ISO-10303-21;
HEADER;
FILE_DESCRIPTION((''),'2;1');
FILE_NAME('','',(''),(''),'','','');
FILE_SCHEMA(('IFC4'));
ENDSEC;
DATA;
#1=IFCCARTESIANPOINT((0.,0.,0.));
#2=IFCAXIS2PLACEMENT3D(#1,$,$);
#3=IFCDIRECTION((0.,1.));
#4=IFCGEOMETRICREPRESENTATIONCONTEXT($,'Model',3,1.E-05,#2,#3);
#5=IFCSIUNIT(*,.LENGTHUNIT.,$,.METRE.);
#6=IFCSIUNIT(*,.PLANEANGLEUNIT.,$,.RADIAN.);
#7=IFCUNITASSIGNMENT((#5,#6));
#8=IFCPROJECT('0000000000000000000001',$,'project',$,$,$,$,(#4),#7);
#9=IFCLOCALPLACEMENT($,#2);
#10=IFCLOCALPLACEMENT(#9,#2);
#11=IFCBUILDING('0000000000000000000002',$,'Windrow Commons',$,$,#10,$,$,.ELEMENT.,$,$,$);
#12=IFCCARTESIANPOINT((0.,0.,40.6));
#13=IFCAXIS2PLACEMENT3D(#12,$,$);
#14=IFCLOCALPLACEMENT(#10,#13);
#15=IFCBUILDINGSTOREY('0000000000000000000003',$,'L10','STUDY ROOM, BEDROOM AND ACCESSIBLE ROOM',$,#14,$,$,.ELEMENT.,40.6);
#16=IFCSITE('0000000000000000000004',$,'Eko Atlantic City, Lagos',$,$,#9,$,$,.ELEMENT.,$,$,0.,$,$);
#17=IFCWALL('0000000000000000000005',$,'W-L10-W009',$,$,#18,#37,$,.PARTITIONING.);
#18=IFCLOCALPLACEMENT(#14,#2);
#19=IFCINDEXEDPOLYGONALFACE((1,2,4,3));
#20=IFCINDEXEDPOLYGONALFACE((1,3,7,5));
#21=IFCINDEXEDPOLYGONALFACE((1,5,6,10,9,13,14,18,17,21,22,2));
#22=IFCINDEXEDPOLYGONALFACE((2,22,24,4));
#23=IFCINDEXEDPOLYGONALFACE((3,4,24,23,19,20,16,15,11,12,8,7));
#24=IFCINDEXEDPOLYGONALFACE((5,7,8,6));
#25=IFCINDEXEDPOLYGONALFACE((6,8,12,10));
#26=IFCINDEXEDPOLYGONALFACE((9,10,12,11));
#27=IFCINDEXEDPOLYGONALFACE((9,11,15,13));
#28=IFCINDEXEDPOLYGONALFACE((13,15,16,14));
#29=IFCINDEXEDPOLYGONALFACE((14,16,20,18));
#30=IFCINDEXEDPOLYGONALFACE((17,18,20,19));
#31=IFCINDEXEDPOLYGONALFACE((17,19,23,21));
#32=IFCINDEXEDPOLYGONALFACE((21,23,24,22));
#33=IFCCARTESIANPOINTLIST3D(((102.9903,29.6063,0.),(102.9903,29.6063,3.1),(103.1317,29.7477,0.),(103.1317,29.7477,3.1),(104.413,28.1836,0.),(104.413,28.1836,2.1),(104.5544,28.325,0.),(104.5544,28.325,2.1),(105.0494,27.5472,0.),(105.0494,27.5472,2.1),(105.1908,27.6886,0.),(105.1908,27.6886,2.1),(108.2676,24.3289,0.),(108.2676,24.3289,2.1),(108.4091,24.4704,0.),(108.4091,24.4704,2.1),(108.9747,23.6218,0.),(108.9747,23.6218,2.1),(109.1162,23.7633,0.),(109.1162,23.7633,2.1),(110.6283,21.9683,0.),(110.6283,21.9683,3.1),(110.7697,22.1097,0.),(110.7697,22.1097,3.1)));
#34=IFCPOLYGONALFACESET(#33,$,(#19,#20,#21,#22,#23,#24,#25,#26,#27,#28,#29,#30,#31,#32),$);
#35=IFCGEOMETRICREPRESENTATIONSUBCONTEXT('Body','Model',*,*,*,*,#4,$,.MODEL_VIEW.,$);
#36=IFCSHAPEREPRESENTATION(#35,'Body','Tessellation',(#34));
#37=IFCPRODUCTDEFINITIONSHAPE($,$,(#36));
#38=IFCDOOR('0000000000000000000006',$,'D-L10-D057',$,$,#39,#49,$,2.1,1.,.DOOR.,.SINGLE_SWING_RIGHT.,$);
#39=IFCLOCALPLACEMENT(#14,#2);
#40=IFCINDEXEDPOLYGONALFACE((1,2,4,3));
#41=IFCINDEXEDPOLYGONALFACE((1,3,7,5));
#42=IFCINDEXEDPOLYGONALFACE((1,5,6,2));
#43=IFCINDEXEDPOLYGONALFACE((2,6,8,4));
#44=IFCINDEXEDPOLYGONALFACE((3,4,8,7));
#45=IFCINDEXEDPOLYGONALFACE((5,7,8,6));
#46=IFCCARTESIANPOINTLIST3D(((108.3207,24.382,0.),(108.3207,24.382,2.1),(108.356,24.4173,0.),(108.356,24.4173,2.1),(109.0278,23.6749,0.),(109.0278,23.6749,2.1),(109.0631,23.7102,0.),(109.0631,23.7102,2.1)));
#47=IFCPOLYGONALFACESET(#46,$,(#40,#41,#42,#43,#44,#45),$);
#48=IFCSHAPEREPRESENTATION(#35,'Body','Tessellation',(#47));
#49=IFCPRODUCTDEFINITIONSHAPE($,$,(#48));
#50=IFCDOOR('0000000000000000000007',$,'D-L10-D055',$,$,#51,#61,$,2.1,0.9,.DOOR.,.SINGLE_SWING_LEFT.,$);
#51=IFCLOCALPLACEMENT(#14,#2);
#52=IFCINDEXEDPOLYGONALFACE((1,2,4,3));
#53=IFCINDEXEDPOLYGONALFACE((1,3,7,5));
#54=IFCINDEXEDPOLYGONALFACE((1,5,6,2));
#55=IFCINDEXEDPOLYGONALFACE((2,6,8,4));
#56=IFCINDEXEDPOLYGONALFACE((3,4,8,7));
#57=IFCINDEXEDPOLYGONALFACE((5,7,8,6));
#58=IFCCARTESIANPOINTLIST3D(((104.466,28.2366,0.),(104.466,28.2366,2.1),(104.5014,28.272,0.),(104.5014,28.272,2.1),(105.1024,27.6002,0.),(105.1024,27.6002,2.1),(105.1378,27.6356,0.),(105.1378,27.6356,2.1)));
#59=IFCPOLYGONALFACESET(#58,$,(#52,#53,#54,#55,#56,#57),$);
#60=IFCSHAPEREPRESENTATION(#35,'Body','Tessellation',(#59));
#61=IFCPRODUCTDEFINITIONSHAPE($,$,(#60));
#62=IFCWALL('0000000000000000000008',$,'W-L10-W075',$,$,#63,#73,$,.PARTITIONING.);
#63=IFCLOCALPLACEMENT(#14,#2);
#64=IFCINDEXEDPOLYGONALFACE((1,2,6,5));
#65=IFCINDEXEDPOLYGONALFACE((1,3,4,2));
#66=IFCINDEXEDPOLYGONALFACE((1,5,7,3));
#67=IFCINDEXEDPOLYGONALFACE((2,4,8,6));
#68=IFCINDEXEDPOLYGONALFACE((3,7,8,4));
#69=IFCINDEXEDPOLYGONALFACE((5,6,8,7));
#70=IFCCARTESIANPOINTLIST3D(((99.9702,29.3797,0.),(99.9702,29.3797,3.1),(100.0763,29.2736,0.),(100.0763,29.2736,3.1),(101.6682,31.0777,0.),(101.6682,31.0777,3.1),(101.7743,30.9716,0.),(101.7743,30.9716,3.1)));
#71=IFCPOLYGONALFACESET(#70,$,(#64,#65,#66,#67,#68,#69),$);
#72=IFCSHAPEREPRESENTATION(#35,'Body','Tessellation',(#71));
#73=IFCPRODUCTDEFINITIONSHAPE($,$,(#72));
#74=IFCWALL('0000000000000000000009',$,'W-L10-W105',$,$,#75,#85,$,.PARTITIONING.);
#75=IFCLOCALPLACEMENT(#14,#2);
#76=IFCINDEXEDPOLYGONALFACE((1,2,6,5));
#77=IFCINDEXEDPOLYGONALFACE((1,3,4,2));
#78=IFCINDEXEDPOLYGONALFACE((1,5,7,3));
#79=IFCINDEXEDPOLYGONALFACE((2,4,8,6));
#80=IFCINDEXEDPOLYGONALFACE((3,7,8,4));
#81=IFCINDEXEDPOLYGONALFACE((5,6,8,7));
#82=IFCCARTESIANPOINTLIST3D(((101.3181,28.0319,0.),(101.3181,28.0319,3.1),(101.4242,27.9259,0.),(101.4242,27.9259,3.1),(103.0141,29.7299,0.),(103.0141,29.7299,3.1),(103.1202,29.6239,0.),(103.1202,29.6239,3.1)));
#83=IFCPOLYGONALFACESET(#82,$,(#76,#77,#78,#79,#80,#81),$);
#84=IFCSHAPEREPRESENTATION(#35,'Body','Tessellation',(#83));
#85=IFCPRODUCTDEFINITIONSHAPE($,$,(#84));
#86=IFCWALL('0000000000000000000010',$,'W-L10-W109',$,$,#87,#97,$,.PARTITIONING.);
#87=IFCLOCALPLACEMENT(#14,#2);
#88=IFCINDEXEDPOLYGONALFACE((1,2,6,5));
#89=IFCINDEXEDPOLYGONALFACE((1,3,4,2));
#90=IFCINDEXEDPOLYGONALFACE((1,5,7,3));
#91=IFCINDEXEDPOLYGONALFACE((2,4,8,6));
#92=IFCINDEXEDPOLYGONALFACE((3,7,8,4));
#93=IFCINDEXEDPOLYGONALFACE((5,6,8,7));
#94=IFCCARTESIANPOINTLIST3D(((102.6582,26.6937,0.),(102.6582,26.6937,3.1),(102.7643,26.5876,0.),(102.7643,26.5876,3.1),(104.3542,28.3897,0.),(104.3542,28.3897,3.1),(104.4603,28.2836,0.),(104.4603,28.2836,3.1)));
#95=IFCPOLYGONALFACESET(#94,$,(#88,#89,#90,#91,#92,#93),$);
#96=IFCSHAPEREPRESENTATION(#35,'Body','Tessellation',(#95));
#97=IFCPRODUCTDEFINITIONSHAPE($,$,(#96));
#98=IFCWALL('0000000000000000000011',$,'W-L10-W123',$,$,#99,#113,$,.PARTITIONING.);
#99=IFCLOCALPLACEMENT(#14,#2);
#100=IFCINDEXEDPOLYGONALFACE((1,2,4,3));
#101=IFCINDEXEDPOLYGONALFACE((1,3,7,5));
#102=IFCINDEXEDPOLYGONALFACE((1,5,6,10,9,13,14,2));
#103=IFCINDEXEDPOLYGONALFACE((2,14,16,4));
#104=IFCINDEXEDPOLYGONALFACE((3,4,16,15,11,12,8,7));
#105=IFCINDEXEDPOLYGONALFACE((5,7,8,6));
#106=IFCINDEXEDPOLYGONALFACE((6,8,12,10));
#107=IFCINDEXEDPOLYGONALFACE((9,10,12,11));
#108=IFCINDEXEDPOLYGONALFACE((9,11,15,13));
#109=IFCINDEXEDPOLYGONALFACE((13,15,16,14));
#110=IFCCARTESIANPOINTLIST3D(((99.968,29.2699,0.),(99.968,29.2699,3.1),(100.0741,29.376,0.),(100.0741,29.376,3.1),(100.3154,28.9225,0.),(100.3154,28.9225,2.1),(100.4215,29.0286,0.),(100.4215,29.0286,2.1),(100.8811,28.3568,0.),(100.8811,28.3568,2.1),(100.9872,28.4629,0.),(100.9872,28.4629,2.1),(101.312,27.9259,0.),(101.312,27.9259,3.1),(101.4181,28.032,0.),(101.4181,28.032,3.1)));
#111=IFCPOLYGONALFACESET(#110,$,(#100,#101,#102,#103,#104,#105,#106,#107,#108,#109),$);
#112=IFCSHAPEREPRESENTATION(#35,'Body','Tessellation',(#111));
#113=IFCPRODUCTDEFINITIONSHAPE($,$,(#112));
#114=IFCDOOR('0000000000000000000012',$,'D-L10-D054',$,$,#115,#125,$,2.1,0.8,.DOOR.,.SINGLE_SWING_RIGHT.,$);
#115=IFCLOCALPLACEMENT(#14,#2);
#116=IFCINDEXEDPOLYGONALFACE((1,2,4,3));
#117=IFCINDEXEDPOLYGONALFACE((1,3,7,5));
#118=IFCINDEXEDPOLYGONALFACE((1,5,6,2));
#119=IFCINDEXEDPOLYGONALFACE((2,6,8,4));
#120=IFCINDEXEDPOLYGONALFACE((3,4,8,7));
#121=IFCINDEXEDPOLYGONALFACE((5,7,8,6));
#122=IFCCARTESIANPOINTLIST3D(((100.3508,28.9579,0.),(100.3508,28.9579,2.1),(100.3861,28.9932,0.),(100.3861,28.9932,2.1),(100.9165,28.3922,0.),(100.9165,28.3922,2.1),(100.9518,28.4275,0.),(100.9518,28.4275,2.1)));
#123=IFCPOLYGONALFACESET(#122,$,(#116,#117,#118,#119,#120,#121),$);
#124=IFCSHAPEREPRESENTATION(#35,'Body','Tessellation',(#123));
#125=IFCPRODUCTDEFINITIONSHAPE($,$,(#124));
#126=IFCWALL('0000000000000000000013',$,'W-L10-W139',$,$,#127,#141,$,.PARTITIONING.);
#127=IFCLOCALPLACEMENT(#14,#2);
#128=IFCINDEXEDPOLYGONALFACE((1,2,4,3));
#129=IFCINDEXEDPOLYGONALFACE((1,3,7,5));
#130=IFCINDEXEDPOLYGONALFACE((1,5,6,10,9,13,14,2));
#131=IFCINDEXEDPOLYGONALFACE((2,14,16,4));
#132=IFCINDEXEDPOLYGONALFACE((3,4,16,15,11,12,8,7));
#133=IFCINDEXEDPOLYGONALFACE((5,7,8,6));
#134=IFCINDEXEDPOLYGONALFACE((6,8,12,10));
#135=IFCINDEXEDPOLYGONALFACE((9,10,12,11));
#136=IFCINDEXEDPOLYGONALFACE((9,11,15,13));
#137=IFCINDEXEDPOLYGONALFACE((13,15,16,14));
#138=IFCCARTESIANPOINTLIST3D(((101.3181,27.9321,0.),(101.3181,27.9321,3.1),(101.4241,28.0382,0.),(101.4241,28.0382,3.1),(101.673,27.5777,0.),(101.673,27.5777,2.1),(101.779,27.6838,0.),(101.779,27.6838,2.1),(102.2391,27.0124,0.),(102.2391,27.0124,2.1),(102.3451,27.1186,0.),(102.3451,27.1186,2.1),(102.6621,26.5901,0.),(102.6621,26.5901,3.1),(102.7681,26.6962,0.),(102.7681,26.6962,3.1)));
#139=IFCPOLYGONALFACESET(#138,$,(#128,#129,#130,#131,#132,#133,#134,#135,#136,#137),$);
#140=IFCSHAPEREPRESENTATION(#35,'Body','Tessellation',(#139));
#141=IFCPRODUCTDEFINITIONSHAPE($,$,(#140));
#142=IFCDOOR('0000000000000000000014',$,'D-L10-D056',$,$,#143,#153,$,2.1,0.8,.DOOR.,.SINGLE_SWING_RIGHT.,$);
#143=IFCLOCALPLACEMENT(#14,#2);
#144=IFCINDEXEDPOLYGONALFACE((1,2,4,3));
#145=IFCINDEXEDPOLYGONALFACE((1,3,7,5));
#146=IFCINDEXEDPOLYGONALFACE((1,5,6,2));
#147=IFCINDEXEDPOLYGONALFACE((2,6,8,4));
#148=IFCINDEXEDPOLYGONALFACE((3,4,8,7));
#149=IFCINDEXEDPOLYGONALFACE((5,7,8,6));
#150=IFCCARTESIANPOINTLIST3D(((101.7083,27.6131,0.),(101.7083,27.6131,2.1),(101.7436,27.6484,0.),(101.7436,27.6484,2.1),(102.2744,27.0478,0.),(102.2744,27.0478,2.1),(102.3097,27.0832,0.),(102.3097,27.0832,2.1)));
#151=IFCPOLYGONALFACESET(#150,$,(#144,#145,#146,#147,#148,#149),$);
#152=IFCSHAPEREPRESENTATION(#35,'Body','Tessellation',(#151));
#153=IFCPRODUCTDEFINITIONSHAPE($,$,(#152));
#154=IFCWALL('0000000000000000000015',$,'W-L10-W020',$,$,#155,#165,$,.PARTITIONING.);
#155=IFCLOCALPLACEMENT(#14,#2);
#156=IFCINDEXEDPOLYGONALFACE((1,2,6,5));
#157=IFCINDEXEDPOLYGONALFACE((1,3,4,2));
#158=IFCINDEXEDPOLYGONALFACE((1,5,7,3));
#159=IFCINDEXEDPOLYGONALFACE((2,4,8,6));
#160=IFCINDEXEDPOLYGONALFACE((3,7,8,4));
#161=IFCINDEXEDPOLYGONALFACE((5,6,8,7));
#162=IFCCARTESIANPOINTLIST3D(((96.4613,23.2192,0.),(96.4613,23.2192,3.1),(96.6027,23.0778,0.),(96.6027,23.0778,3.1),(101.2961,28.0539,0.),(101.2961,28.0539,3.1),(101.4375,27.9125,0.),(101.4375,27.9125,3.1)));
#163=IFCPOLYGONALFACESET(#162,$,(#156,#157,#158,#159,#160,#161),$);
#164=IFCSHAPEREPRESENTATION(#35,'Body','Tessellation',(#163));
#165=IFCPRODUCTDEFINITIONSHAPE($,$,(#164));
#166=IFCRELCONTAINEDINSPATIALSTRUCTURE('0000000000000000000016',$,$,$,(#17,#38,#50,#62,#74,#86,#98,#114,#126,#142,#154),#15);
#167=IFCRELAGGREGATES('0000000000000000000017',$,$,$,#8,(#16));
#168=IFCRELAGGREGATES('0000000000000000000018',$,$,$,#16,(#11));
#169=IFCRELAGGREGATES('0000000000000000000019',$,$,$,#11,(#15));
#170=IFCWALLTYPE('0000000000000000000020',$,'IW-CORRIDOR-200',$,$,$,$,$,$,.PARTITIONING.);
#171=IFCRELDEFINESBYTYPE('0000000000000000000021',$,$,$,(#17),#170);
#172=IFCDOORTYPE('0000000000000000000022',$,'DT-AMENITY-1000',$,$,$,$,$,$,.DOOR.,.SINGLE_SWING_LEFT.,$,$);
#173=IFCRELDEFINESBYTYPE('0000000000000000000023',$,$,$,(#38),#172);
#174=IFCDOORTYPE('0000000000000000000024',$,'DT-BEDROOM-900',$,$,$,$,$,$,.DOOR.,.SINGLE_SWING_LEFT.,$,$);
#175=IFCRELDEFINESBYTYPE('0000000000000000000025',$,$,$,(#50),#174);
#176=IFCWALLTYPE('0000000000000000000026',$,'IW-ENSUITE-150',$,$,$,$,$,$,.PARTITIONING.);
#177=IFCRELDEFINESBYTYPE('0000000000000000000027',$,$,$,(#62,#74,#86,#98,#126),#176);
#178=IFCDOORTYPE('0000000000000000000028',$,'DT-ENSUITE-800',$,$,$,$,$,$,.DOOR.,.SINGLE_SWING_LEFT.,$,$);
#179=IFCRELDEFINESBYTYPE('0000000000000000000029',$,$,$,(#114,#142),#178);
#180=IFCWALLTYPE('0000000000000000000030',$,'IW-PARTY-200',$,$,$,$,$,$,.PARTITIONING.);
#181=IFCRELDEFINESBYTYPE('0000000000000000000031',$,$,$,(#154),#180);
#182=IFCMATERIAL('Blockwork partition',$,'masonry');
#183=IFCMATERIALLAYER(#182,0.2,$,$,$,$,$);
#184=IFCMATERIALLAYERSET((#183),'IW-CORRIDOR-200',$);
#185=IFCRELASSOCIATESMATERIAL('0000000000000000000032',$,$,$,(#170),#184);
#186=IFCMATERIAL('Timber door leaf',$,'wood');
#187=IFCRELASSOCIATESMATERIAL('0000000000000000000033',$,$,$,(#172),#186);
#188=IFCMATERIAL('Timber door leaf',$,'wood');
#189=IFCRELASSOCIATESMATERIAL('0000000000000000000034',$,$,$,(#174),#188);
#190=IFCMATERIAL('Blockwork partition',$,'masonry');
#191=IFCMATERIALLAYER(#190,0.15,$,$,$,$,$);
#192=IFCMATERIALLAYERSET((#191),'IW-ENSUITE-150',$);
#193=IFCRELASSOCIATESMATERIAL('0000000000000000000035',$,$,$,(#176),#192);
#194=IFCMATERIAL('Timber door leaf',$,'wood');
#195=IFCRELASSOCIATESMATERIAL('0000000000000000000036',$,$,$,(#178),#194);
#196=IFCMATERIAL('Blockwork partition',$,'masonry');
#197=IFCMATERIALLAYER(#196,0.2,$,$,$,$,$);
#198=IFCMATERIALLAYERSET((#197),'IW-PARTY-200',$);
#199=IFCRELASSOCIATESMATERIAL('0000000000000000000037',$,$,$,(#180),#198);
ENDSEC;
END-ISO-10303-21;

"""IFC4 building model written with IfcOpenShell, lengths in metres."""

from ifc_helpers import new_model, si_unit, direction, frame, frame_2d, origin, place, context, subcontext, project, spatial, rectangle, extrude, material, layer, layer_set, type_object, element, fill, save


model = new_model("IFC4")

# Units and contexts
model_context = context("Model", 3, precision=1e-05, world=origin(), true_north=direction((0.0, 1.0)))
body_context = subcontext(model_context, "Body", "Model", "MODEL_VIEW")
ifc_project = project(units=[si_unit("LENGTHUNIT", "METRE"), si_unit("PLANEANGLEUNIT", "RADIAN")], contexts=[model_context])

# Site, building, storey
site_placement = place(None, origin())
site = spatial("IfcSite", under=ifc_project, at=site_placement, Name="Eko Atlantic City, Lagos", CompositionType="ELEMENT", RefElevation=0.0)
building_placement = place(site_placement, origin())
building = spatial("IfcBuilding", under=site, at=building_placement, Name="Windrow Commons", CompositionType="ELEMENT")
storey_placement = place(building_placement, frame((0.0, 0.0, 40.6)))
storey = spatial("IfcBuildingStorey", under=building, at=storey_placement, Name="L10", Description="STUDY ROOM, BEDROOM AND ACCESSIBLE ROOM", CompositionType="ELEMENT", Elevation=40.6)

# Wall, openings, doors
ifc_material_1 = material(Name="Blockwork partition", Category="masonry")
ifc_layer_1 = layer(ifc_material_1, 0.2)
ifc_layer_set_1 = layer_set([ifc_layer_1], Name="IW-CORRIDOR-200")
wall_type_1 = type_object("IfcWallType", Name="IW-CORRIDOR-200", PredefinedType="PARTITIONING", material=ifc_layer_set_1)
wall_1_placement = place(storey_placement, frame((103.061, 29.677, 0.0), z_axis=(0.0, 0.0, 1.0), x_axis=(0.707107, -0.707107, 0.0)))
wall_1 = element("IfcWall", 1, at=wall_1_placement, inside=storey, type_object=wall_type_1, Name="W-L10-W009", PredefinedType="PARTITIONING", context=body_context, shape_type="SweptSolid", body=[
    extrude(rectangle(XDim=10.8018, YDim=0.2, at=frame_2d((5.4009, 0.0))), origin(), (0.0, 0.0, 1.0), 3.1),
])
opening_1_placement = place(wall_1_placement, frame((2.012, 0.0, 0.0)))
opening_1 = element("IfcOpeningElement", 2, at=opening_1_placement, cuts=wall_1, PredefinedType="OPENING", context=body_context, shape_type="SweptSolid", body=[
    extrude(rectangle(XDim=0.9, YDim=2.1, at=frame_2d((0.45, 1.05))), frame((0.0, 0.11, 0.0), z_axis=(0.0, -1.0, 0.0), x_axis=(1.0, 0.0, 0.0)), (0.0, 0.0, 1.0), 0.22),
])
opening_2_placement = place(wall_1_placement, frame((7.4633, 0.0, 0.0)))
opening_2 = element("IfcOpeningElement", 3, at=opening_2_placement, cuts=wall_1, PredefinedType="OPENING", context=body_context, shape_type="SweptSolid", body=[
    extrude(rectangle(XDim=1.0, YDim=2.1, at=frame_2d((0.5, 1.05))), frame((0.0, 0.11, 0.0), z_axis=(0.0, -1.0, 0.0), x_axis=(1.0, 0.0, 0.0)), (0.0, 0.0, 1.0), 0.22),
])
ifc_material_2 = material(Name="Timber door leaf", Category="wood")
door_type_1 = type_object("IfcDoorType", Name="DT-AMENITY-1000", OperationType="SINGLE_SWING_LEFT", PredefinedType="DOOR", material=ifc_material_2)
door_1_placement = place(opening_2_placement, origin())
door_1 = element("IfcDoor", 4, at=door_1_placement, inside=storey, type_object=door_type_1, Name="D-L10-D057", OperationType="SINGLE_SWING_RIGHT", OverallHeight=2.1, OverallWidth=1.0, PredefinedType="DOOR", context=body_context, shape_type="SweptSolid", body=[
    extrude(rectangle(XDim=1.0, YDim=2.1, at=frame_2d((0.5, 1.05))), frame((0.0, 0.025, 0.0), z_axis=(0.0, -1.0, 0.0), x_axis=(1.0, 0.0, 0.0)), (0.0, 0.0, 1.0), 0.05),
])
fill(opening_2, door_1)
ifc_material_3 = material(Name="Timber door leaf", Category="wood")
door_type_2 = type_object("IfcDoorType", Name="DT-BEDROOM-900", OperationType="SINGLE_SWING_LEFT", PredefinedType="DOOR", material=ifc_material_3)
door_2_placement = place(opening_1_placement, origin())
door_2 = element("IfcDoor", 5, at=door_2_placement, inside=storey, type_object=door_type_2, Name="D-L10-D055", OperationType="SINGLE_SWING_LEFT", OverallHeight=2.1, OverallWidth=0.9, PredefinedType="DOOR", context=body_context, shape_type="SweptSolid", body=[
    extrude(rectangle(XDim=0.9, YDim=2.1, at=frame_2d((0.45, 1.05))), frame((0.0, 0.025, 0.0), z_axis=(0.0, -1.0, 0.0), x_axis=(1.0, 0.0, 0.0)), (0.0, 0.0, 1.0), 0.05),
])
fill(opening_1, door_2)

# Walls
ifc_material_4 = material(Name="Blockwork partition", Category="masonry")
ifc_layer_2 = layer(ifc_material_4, 0.15)
ifc_layer_set_2 = layer_set([ifc_layer_2], Name="IW-ENSUITE-150")
wall_type_2 = type_object("IfcWallType", Name="IW-ENSUITE-150", PredefinedType="PARTITIONING", material=ifc_layer_set_2)
wall_2_placement = place(storey_placement, frame((100.0233, 29.3267, 0.0), z_axis=(0.0, 0.0, 1.0), x_axis=(0.707107, 0.707107, 0.0)))
element("IfcWall", 6, at=wall_2_placement, inside=storey, type_object=wall_type_2, Name="W-L10-W075", PredefinedType="PARTITIONING", context=body_context, shape_type="SweptSolid", body=[
    extrude(rectangle(XDim=2.4013, YDim=0.15, at=frame_2d((1.2006, 0.0))), origin(), (0.0, 0.0, 1.0), 3.1),
])
wall_3_placement = place(storey_placement, frame((101.3711, 27.9789, 0.0), z_axis=(0.0, 0.0, 1.0), x_axis=(0.70669, 0.707523, 0.0)))
element("IfcWall", 7, at=wall_3_placement, inside=storey, type_object=wall_type_2, Name="W-L10-W105", PredefinedType="PARTITIONING", context=body_context, shape_type="SweptSolid", body=[
    extrude(rectangle(XDim=2.3999, YDim=0.15, at=frame_2d((1.2, 0.0))), origin(), (0.0, 0.0, 1.0), 3.1),
])
wall_4_placement = place(storey_placement, frame((102.7113, 26.6407, 0.0), z_axis=(0.0, 0.0, 1.0), x_axis=(0.707107, 0.707107, 0.0)))
element("IfcWall", 8, at=wall_4_placement, inside=storey, type_object=wall_type_2, Name="W-L10-W109", PredefinedType="PARTITIONING", context=body_context, shape_type="SweptSolid", body=[
    extrude(rectangle(XDim=2.3985, YDim=0.15, at=frame_2d((1.1992, 0.0))), origin(), (0.0, 0.0, 1.0), 3.1),
])

# Walls, openings, doors
wall_5_placement = place(storey_placement, frame((100.021, 29.323, 0.0), z_axis=(0.0, 0.0, 1.0), x_axis=(0.707107, -0.707107, 0.0)))
wall_5 = element("IfcWall", 9, at=wall_5_placement, inside=storey, type_object=wall_type_2, Name="W-L10-W123", PredefinedType="PARTITIONING", context=body_context, shape_type="SweptSolid", body=[
    extrude(rectangle(XDim=1.9007, YDim=0.15, at=frame_2d((0.9504, 0.0))), origin(), (0.0, 0.0, 1.0), 3.1),
])
opening_3_placement = place(wall_5_placement, frame((0.4914, 0.0, 0.0)))
opening_3 = element("IfcOpeningElement", 10, at=opening_3_placement, cuts=wall_5, PredefinedType="OPENING", context=body_context, shape_type="SweptSolid", body=[
    extrude(rectangle(XDim=0.8, YDim=2.1, at=frame_2d((0.4, 1.05))), frame((0.0, 0.085, 0.0), z_axis=(0.0, -1.0, 0.0), x_axis=(1.0, 0.0, 0.0)), (0.0, 0.0, 1.0), 0.17),
])
ifc_material_5 = material(Name="Timber door leaf", Category="wood")
door_type_3 = type_object("IfcDoorType", Name="DT-ENSUITE-800", OperationType="SINGLE_SWING_LEFT", PredefinedType="DOOR", material=ifc_material_5)
door_3_placement = place(opening_3_placement, origin())
door_3 = element("IfcDoor", 11, at=door_3_placement, inside=storey, type_object=door_type_3, Name="D-L10-D054", OperationType="SINGLE_SWING_RIGHT", OverallHeight=2.1, OverallWidth=0.8, PredefinedType="DOOR", context=body_context, shape_type="SweptSolid", body=[
    extrude(rectangle(XDim=0.8, YDim=2.1, at=frame_2d((0.4, 1.05))), frame((0.0, 0.025, 0.0), z_axis=(0.0, -1.0, 0.0), x_axis=(1.0, 0.0, 0.0)), (0.0, 0.0, 1.0), 0.05),
])
fill(opening_3, door_3)
wall_6_placement = place(storey_placement, frame((101.3711, 27.9851, 0.0), z_axis=(0.0, 0.0, 1.0), x_axis=(0.707633, -0.70658, 0.0)))
wall_6 = element("IfcWall", 12, at=wall_6_placement, inside=storey, type_object=wall_type_2, Name="W-L10-W139", PredefinedType="PARTITIONING", context=body_context, shape_type="SweptSolid", body=[
    extrude(rectangle(XDim=1.8993, YDim=0.15, at=frame_2d((0.9496, 0.0))), origin(), (0.0, 0.0, 1.0), 3.1),
])
opening_4_placement = place(wall_6_placement, frame((0.5015, 0.0, 0.0)))
opening_4 = element("IfcOpeningElement", 13, at=opening_4_placement, cuts=wall_6, PredefinedType="OPENING", context=body_context, shape_type="SweptSolid", body=[
    extrude(rectangle(XDim=0.8, YDim=2.1, at=frame_2d((0.4, 1.05))), frame((0.0, 0.085, 0.0), z_axis=(0.0, -1.0, 0.0), x_axis=(1.0, 0.0, 0.0)), (0.0, 0.0, 1.0), 0.17),
])
door_4_placement = place(opening_4_placement, origin())
door_4 = element("IfcDoor", 14, at=door_4_placement, inside=storey, type_object=door_type_3, Name="D-L10-D056", OperationType="SINGLE_SWING_RIGHT", OverallHeight=2.1, OverallWidth=0.8, PredefinedType="DOOR", context=body_context, shape_type="SweptSolid", body=[
    extrude(rectangle(XDim=0.8, YDim=2.1, at=frame_2d((0.4, 1.05))), frame((0.0, 0.025, 0.0), z_axis=(0.0, -1.0, 0.0), x_axis=(1.0, 0.0, 0.0)), (0.0, 0.0, 1.0), 0.05),
])
fill(opening_4, door_4)

# Wall
ifc_material_6 = material(Name="Blockwork partition", Category="masonry")
ifc_layer_3 = layer(ifc_material_6, 0.2)
ifc_layer_set_3 = layer_set([ifc_layer_3], Name="IW-PARTY-200")
wall_type_3 = type_object("IfcWallType", Name="IW-PARTY-200", PredefinedType="PARTITIONING", material=ifc_layer_set_3)
wall_7_placement = place(storey_placement, frame((96.532, 23.1485, 0.0), z_axis=(0.0, 0.0, 1.0), x_axis=(0.707114, 0.707099, 0.0)))
element("IfcWall", 15, at=wall_7_placement, inside=storey, type_object=wall_type_3, Name="W-L10-W020", PredefinedType="PARTITIONING", context=body_context, shape_type="SweptSolid", body=[
    extrude(rectangle(XDim=6.8374, YDim=0.2, at=frame_2d((3.4187, 0.0))), origin(), (0.0, 0.0, 1.0), 3.1),
])

save(model, "model.ifc")
